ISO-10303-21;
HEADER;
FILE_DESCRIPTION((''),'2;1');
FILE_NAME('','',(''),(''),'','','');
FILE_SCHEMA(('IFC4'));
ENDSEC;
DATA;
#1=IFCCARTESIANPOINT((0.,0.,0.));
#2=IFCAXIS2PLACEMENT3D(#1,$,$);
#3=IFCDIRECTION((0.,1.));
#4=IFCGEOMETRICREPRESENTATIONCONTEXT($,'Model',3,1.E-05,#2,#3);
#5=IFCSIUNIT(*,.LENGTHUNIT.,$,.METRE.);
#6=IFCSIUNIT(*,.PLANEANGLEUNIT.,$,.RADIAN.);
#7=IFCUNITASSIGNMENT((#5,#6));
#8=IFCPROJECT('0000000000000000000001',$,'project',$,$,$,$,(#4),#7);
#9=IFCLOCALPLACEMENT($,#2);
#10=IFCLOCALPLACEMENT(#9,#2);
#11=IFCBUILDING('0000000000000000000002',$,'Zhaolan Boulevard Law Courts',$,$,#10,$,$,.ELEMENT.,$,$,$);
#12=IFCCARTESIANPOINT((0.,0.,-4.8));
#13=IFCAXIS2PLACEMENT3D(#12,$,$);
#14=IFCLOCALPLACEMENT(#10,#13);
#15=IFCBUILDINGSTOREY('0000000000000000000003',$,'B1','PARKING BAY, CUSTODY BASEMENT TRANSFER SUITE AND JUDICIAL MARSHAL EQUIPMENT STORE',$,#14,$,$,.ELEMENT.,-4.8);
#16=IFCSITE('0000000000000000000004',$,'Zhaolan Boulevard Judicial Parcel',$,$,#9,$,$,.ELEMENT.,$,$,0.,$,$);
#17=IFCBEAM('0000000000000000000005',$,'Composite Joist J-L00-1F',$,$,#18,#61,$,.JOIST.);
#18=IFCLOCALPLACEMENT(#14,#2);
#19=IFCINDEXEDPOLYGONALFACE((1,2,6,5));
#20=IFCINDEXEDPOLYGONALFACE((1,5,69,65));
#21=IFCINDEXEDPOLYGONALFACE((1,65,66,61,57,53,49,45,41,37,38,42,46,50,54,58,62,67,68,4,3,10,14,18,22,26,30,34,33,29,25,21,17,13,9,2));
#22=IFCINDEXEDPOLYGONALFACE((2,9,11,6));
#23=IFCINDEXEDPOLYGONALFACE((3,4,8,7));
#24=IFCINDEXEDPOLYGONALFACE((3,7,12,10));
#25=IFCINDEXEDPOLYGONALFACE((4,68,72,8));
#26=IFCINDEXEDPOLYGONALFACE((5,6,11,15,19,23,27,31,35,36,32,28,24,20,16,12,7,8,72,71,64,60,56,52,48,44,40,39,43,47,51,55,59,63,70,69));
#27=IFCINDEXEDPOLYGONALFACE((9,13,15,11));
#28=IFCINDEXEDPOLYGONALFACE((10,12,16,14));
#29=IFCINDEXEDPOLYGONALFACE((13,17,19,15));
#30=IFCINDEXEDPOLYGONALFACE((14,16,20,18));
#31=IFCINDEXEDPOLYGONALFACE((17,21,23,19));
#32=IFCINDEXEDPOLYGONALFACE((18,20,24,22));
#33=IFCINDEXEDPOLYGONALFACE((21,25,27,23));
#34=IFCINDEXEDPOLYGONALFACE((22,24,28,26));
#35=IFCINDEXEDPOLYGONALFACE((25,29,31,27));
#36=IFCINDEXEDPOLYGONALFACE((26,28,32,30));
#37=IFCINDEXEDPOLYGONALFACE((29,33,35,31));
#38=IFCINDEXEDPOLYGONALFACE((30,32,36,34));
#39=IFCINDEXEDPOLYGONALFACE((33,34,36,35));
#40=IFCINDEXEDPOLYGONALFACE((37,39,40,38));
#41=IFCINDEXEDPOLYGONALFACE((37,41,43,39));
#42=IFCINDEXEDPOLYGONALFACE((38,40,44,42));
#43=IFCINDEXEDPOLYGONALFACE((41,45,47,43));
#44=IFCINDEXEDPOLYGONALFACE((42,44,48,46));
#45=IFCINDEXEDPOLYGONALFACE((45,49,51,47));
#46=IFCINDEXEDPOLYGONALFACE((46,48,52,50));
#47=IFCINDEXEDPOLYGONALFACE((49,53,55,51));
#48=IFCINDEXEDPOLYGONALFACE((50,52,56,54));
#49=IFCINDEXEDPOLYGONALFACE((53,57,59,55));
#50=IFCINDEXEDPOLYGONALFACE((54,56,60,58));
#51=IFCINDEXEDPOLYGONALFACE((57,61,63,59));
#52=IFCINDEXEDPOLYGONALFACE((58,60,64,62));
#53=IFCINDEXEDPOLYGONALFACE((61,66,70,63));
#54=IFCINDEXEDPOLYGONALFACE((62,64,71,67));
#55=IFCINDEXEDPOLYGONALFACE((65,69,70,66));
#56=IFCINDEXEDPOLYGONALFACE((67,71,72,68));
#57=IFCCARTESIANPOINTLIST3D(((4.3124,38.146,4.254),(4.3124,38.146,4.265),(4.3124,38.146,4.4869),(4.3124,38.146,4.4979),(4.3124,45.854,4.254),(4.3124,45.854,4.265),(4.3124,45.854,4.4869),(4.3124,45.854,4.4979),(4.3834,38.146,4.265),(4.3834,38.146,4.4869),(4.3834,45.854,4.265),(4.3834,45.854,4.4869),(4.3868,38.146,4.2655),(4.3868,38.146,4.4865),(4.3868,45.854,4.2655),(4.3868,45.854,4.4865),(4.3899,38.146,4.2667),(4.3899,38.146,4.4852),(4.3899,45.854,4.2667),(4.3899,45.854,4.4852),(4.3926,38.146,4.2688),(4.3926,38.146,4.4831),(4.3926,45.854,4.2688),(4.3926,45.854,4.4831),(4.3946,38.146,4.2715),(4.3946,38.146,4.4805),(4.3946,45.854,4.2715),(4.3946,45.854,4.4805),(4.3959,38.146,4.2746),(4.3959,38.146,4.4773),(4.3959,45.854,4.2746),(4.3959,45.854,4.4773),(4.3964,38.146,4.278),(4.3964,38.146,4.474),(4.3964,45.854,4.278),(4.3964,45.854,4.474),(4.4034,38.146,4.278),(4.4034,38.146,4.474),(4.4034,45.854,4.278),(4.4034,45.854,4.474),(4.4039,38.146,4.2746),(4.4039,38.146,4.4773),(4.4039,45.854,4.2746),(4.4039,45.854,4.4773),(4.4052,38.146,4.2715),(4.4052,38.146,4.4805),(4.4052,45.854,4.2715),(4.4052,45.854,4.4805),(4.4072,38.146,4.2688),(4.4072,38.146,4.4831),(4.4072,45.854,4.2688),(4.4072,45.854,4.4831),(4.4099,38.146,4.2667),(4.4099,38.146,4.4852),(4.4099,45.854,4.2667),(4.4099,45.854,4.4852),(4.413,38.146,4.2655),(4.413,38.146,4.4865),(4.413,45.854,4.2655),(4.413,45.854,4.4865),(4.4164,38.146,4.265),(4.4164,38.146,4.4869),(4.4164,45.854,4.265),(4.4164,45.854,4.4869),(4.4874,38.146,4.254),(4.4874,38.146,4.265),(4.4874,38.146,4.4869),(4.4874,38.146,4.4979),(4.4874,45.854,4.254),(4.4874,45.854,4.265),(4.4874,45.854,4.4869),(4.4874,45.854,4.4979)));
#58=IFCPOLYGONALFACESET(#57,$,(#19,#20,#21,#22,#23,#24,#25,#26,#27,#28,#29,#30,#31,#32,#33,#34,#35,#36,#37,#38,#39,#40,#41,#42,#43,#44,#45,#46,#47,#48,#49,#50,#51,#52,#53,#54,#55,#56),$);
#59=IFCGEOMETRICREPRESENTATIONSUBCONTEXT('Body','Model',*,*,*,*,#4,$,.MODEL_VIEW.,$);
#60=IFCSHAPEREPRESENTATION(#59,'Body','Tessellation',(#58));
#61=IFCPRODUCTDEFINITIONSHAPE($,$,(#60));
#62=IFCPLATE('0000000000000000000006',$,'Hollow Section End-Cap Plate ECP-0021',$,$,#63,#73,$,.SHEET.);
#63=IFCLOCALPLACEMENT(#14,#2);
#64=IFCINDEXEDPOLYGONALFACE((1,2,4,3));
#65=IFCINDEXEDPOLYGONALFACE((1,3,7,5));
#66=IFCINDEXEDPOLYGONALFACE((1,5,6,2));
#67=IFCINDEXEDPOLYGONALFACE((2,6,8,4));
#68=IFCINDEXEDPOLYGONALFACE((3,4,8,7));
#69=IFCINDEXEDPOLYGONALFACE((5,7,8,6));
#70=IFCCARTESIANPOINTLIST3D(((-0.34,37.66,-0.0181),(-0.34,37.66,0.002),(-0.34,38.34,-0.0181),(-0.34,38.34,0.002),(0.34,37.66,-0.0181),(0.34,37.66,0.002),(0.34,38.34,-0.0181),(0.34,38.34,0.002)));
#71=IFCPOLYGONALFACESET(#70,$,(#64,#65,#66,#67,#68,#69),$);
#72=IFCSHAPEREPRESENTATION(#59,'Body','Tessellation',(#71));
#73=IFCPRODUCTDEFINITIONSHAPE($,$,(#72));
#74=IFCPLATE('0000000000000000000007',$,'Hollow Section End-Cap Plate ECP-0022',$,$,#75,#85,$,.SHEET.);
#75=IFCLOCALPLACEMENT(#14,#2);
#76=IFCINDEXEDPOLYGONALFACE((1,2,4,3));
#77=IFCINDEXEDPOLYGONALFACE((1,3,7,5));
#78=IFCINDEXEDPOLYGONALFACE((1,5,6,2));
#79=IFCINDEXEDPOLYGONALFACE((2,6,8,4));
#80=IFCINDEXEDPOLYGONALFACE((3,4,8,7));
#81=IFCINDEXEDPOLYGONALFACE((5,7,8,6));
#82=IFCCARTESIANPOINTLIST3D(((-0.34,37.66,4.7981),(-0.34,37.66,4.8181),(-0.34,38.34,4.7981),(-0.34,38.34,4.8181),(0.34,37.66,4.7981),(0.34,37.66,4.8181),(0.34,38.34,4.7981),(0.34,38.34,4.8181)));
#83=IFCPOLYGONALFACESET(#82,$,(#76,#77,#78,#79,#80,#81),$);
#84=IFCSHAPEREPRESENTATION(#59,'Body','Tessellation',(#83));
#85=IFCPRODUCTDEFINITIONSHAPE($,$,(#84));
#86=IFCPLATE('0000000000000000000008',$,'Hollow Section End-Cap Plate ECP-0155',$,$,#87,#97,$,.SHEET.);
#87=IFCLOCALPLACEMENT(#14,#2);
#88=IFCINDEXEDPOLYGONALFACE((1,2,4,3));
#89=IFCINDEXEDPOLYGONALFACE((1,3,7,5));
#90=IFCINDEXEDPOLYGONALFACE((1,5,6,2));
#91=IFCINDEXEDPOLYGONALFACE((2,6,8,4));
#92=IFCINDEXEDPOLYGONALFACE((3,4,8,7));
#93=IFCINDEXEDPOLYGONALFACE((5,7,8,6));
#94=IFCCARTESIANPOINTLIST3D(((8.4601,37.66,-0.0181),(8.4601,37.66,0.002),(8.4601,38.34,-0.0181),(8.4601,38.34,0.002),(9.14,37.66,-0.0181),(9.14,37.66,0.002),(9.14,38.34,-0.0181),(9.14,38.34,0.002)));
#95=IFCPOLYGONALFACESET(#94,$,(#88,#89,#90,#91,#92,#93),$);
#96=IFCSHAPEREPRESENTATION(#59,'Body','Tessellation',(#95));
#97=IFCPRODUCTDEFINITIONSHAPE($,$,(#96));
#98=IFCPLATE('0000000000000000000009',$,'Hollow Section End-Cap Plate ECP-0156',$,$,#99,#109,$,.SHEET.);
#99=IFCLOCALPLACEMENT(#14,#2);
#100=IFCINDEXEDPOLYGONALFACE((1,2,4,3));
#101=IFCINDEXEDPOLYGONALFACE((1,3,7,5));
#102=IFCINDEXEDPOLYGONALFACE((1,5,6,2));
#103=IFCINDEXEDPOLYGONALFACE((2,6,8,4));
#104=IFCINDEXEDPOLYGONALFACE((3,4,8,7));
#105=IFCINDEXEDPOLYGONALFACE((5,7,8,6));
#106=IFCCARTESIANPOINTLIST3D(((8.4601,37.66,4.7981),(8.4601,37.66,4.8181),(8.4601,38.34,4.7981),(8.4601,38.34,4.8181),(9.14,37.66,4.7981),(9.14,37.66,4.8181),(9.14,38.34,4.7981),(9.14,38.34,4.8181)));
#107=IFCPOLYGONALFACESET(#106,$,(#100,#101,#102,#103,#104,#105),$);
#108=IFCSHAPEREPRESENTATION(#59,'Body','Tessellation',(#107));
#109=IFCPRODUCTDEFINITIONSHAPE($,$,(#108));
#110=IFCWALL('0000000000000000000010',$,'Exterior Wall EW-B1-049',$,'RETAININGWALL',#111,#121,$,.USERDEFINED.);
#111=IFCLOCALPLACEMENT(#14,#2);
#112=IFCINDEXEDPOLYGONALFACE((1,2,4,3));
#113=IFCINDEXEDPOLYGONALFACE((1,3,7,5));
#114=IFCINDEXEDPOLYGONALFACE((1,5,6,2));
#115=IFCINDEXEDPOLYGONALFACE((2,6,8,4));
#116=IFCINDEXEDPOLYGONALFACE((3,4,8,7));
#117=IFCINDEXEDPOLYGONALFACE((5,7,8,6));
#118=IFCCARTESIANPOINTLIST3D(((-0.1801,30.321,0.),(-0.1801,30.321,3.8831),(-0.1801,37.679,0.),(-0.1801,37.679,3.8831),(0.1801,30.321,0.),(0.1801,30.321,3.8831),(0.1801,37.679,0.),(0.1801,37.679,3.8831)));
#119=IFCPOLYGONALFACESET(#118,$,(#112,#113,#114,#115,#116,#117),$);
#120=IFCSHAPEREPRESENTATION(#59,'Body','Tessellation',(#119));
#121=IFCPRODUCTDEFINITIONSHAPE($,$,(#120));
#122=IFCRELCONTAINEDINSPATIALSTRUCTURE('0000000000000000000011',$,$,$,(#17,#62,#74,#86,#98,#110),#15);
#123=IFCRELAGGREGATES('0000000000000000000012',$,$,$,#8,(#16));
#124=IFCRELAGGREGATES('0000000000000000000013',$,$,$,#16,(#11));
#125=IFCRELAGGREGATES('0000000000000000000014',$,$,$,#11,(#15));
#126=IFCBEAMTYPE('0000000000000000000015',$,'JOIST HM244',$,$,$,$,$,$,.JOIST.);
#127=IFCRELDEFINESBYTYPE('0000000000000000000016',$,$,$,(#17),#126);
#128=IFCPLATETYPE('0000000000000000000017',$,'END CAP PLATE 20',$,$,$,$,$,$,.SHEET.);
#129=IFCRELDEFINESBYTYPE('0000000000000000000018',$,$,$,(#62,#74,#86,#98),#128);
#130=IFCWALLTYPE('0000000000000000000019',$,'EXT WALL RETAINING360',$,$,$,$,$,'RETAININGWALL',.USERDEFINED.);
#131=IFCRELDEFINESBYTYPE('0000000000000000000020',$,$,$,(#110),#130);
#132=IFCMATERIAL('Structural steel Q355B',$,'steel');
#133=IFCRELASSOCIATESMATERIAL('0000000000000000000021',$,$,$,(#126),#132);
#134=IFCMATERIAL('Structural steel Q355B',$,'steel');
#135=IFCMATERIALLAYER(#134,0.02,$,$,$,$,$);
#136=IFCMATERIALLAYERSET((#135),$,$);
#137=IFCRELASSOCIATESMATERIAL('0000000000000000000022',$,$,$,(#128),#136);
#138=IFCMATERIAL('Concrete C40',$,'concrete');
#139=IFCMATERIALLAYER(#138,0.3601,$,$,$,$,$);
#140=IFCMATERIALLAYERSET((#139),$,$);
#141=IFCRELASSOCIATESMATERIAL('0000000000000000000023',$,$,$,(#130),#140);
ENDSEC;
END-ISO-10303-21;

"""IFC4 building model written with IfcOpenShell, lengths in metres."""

from ifc_helpers import new_model, si_unit, direction, frame, frame_2d, origin, origin_2d, place, context, subcontext, project, spatial, rectangle, i_section, extrude, material, layer, layer_set, material_profile, profile_set, type_object, element, save


model = new_model("IFC4")

# Units and contexts
model_context = context("Model", 3, precision=1e-05, world=origin(), true_north=direction((0.0, 1.0)))
body_context = subcontext(model_context, "Body", "Model", "MODEL_VIEW")
ifc_project = project(units=[si_unit("LENGTHUNIT", "METRE"), si_unit("PLANEANGLEUNIT", "RADIAN")], contexts=[model_context])

# Site, building, storey
site_placement = place(None, origin())
site = spatial("IfcSite", under=ifc_project, at=site_placement, Name="Zhaolan Boulevard Judicial Parcel", CompositionType="ELEMENT", RefElevation=0.0)
building_placement = place(site_placement, origin())
building = spatial("IfcBuilding", under=site, at=building_placement, Name="Zhaolan Boulevard Law Courts", CompositionType="ELEMENT")
storey_placement = place(building_placement, frame((0.0, 0.0, -4.8)))
storey = spatial("IfcBuildingStorey", under=building, at=storey_placement, Name="B1", Description="PARKING BAY, CUSTODY BASEMENT TRANSFER SUITE AND JUDICIAL MARSHAL EQUIPMENT STORE", CompositionType="ELEMENT", Elevation=-4.8)

# Beam
ifc_material_1 = material(Name="Structural steel Q355B", Category="steel")
ifc_material_profile_1 = material_profile(ifc_material_1, i_section(OverallWidth=0.175, OverallDepth=0.2439, WebThickness=0.0071, FlangeThickness=0.011, FilletRadius=0.0129, at=origin_2d()), Name="HM244x175")
ifc_profile_set_1 = profile_set([ifc_material_profile_1], Name="Structural steel Q355B")
beam_type_1 = type_object("IfcBeamType", Name="JOIST HM244", PredefinedType="JOIST", material=ifc_profile_set_1)
beam_1_placement = place(storey_placement, frame((4.3999, 38.146, 4.376), z_axis=(0.0, 1.0, 0.0), x_axis=(-1.0, 0.0, 0.0)))
element("IfcBeam", 1, at=beam_1_placement, inside=storey, type_object=beam_type_1, Name="Composite Joist J-L00-1F", PredefinedType="JOIST", context=body_context, shape_type="SweptSolid", body=[
    extrude(i_section(OverallWidth=0.175, OverallDepth=0.2439, WebThickness=0.0071, FlangeThickness=0.011, FilletRadius=0.0129, at=origin_2d()), origin(), (0.0, 0.0, 1.0), 7.708),
])

# Plates
ifc_material_2 = material(Name="Structural steel Q355B", Category="steel")
ifc_layer_1 = layer(ifc_material_2, 0.02)
ifc_layer_set_1 = layer_set([ifc_layer_1])
plate_type = type_object("IfcPlateType", Name="END CAP PLATE 20", PredefinedType="SHEET", material=ifc_layer_set_1)
for number, where, z_axis, x_axis, name in (
    (2, (0.0, 38.0, -0.0181), (0.0, 0.0, 1.0), (1.0, 0.0, 0.0), "Hollow Section End-Cap Plate ECP-0021"),
    (3, (0.0, 38.0, 4.7981), (0.0, 0.0, 1.0), (1.0, 0.0, 0.0), "Hollow Section End-Cap Plate ECP-0022"),
    (4, (8.8, 38.0, -0.0181), (0.0, 0.0, 1.0), (1.0, 0.0, 0.0), "Hollow Section End-Cap Plate ECP-0155"),
    (5, (8.8, 38.0, 4.7981), (0.0, 0.0, 1.0), (1.0, 0.0, 0.0), "Hollow Section End-Cap Plate ECP-0156"),
):
    element("IfcPlate", number, at=place(storey_placement, frame(where, z_axis=z_axis, x_axis=x_axis)), inside=storey, type_object=plate_type, Name=name, PredefinedType="SHEET", context=body_context, shape_type="SweptSolid", body=[
        extrude(rectangle(XDim=0.6799, YDim=0.6799, at=origin_2d()), origin(), (0.0, 0.0, 1.0), 0.02),
    ])

# Wall
ifc_material_3 = material(Name="Concrete C40", Category="concrete")
ifc_layer_2 = layer(ifc_material_3, 0.3601)
ifc_layer_set_2 = layer_set([ifc_layer_2])
wall_type = type_object("IfcWallType", Name="EXT WALL RETAINING360", ElementType="RETAININGWALL", PredefinedType="USERDEFINED", material=ifc_layer_set_2)
wall_placement = place(storey_placement, frame((0.0, 37.679, 0.0), z_axis=(0.0, 0.0, 1.0), x_axis=(0.0, -1.0, 0.0)))
element("IfcWall", 6, at=wall_placement, inside=storey, type_object=wall_type, Name="Exterior Wall EW-B1-049", ObjectType="RETAININGWALL", PredefinedType="USERDEFINED", context=body_context, shape_type="SweptSolid", body=[
    extrude(rectangle(XDim=7.3579, YDim=0.3601, at=frame_2d((3.679, 0.0))), origin(), (0.0, 0.0, 1.0), 3.8831),
])

save(model, "model.ifc")
